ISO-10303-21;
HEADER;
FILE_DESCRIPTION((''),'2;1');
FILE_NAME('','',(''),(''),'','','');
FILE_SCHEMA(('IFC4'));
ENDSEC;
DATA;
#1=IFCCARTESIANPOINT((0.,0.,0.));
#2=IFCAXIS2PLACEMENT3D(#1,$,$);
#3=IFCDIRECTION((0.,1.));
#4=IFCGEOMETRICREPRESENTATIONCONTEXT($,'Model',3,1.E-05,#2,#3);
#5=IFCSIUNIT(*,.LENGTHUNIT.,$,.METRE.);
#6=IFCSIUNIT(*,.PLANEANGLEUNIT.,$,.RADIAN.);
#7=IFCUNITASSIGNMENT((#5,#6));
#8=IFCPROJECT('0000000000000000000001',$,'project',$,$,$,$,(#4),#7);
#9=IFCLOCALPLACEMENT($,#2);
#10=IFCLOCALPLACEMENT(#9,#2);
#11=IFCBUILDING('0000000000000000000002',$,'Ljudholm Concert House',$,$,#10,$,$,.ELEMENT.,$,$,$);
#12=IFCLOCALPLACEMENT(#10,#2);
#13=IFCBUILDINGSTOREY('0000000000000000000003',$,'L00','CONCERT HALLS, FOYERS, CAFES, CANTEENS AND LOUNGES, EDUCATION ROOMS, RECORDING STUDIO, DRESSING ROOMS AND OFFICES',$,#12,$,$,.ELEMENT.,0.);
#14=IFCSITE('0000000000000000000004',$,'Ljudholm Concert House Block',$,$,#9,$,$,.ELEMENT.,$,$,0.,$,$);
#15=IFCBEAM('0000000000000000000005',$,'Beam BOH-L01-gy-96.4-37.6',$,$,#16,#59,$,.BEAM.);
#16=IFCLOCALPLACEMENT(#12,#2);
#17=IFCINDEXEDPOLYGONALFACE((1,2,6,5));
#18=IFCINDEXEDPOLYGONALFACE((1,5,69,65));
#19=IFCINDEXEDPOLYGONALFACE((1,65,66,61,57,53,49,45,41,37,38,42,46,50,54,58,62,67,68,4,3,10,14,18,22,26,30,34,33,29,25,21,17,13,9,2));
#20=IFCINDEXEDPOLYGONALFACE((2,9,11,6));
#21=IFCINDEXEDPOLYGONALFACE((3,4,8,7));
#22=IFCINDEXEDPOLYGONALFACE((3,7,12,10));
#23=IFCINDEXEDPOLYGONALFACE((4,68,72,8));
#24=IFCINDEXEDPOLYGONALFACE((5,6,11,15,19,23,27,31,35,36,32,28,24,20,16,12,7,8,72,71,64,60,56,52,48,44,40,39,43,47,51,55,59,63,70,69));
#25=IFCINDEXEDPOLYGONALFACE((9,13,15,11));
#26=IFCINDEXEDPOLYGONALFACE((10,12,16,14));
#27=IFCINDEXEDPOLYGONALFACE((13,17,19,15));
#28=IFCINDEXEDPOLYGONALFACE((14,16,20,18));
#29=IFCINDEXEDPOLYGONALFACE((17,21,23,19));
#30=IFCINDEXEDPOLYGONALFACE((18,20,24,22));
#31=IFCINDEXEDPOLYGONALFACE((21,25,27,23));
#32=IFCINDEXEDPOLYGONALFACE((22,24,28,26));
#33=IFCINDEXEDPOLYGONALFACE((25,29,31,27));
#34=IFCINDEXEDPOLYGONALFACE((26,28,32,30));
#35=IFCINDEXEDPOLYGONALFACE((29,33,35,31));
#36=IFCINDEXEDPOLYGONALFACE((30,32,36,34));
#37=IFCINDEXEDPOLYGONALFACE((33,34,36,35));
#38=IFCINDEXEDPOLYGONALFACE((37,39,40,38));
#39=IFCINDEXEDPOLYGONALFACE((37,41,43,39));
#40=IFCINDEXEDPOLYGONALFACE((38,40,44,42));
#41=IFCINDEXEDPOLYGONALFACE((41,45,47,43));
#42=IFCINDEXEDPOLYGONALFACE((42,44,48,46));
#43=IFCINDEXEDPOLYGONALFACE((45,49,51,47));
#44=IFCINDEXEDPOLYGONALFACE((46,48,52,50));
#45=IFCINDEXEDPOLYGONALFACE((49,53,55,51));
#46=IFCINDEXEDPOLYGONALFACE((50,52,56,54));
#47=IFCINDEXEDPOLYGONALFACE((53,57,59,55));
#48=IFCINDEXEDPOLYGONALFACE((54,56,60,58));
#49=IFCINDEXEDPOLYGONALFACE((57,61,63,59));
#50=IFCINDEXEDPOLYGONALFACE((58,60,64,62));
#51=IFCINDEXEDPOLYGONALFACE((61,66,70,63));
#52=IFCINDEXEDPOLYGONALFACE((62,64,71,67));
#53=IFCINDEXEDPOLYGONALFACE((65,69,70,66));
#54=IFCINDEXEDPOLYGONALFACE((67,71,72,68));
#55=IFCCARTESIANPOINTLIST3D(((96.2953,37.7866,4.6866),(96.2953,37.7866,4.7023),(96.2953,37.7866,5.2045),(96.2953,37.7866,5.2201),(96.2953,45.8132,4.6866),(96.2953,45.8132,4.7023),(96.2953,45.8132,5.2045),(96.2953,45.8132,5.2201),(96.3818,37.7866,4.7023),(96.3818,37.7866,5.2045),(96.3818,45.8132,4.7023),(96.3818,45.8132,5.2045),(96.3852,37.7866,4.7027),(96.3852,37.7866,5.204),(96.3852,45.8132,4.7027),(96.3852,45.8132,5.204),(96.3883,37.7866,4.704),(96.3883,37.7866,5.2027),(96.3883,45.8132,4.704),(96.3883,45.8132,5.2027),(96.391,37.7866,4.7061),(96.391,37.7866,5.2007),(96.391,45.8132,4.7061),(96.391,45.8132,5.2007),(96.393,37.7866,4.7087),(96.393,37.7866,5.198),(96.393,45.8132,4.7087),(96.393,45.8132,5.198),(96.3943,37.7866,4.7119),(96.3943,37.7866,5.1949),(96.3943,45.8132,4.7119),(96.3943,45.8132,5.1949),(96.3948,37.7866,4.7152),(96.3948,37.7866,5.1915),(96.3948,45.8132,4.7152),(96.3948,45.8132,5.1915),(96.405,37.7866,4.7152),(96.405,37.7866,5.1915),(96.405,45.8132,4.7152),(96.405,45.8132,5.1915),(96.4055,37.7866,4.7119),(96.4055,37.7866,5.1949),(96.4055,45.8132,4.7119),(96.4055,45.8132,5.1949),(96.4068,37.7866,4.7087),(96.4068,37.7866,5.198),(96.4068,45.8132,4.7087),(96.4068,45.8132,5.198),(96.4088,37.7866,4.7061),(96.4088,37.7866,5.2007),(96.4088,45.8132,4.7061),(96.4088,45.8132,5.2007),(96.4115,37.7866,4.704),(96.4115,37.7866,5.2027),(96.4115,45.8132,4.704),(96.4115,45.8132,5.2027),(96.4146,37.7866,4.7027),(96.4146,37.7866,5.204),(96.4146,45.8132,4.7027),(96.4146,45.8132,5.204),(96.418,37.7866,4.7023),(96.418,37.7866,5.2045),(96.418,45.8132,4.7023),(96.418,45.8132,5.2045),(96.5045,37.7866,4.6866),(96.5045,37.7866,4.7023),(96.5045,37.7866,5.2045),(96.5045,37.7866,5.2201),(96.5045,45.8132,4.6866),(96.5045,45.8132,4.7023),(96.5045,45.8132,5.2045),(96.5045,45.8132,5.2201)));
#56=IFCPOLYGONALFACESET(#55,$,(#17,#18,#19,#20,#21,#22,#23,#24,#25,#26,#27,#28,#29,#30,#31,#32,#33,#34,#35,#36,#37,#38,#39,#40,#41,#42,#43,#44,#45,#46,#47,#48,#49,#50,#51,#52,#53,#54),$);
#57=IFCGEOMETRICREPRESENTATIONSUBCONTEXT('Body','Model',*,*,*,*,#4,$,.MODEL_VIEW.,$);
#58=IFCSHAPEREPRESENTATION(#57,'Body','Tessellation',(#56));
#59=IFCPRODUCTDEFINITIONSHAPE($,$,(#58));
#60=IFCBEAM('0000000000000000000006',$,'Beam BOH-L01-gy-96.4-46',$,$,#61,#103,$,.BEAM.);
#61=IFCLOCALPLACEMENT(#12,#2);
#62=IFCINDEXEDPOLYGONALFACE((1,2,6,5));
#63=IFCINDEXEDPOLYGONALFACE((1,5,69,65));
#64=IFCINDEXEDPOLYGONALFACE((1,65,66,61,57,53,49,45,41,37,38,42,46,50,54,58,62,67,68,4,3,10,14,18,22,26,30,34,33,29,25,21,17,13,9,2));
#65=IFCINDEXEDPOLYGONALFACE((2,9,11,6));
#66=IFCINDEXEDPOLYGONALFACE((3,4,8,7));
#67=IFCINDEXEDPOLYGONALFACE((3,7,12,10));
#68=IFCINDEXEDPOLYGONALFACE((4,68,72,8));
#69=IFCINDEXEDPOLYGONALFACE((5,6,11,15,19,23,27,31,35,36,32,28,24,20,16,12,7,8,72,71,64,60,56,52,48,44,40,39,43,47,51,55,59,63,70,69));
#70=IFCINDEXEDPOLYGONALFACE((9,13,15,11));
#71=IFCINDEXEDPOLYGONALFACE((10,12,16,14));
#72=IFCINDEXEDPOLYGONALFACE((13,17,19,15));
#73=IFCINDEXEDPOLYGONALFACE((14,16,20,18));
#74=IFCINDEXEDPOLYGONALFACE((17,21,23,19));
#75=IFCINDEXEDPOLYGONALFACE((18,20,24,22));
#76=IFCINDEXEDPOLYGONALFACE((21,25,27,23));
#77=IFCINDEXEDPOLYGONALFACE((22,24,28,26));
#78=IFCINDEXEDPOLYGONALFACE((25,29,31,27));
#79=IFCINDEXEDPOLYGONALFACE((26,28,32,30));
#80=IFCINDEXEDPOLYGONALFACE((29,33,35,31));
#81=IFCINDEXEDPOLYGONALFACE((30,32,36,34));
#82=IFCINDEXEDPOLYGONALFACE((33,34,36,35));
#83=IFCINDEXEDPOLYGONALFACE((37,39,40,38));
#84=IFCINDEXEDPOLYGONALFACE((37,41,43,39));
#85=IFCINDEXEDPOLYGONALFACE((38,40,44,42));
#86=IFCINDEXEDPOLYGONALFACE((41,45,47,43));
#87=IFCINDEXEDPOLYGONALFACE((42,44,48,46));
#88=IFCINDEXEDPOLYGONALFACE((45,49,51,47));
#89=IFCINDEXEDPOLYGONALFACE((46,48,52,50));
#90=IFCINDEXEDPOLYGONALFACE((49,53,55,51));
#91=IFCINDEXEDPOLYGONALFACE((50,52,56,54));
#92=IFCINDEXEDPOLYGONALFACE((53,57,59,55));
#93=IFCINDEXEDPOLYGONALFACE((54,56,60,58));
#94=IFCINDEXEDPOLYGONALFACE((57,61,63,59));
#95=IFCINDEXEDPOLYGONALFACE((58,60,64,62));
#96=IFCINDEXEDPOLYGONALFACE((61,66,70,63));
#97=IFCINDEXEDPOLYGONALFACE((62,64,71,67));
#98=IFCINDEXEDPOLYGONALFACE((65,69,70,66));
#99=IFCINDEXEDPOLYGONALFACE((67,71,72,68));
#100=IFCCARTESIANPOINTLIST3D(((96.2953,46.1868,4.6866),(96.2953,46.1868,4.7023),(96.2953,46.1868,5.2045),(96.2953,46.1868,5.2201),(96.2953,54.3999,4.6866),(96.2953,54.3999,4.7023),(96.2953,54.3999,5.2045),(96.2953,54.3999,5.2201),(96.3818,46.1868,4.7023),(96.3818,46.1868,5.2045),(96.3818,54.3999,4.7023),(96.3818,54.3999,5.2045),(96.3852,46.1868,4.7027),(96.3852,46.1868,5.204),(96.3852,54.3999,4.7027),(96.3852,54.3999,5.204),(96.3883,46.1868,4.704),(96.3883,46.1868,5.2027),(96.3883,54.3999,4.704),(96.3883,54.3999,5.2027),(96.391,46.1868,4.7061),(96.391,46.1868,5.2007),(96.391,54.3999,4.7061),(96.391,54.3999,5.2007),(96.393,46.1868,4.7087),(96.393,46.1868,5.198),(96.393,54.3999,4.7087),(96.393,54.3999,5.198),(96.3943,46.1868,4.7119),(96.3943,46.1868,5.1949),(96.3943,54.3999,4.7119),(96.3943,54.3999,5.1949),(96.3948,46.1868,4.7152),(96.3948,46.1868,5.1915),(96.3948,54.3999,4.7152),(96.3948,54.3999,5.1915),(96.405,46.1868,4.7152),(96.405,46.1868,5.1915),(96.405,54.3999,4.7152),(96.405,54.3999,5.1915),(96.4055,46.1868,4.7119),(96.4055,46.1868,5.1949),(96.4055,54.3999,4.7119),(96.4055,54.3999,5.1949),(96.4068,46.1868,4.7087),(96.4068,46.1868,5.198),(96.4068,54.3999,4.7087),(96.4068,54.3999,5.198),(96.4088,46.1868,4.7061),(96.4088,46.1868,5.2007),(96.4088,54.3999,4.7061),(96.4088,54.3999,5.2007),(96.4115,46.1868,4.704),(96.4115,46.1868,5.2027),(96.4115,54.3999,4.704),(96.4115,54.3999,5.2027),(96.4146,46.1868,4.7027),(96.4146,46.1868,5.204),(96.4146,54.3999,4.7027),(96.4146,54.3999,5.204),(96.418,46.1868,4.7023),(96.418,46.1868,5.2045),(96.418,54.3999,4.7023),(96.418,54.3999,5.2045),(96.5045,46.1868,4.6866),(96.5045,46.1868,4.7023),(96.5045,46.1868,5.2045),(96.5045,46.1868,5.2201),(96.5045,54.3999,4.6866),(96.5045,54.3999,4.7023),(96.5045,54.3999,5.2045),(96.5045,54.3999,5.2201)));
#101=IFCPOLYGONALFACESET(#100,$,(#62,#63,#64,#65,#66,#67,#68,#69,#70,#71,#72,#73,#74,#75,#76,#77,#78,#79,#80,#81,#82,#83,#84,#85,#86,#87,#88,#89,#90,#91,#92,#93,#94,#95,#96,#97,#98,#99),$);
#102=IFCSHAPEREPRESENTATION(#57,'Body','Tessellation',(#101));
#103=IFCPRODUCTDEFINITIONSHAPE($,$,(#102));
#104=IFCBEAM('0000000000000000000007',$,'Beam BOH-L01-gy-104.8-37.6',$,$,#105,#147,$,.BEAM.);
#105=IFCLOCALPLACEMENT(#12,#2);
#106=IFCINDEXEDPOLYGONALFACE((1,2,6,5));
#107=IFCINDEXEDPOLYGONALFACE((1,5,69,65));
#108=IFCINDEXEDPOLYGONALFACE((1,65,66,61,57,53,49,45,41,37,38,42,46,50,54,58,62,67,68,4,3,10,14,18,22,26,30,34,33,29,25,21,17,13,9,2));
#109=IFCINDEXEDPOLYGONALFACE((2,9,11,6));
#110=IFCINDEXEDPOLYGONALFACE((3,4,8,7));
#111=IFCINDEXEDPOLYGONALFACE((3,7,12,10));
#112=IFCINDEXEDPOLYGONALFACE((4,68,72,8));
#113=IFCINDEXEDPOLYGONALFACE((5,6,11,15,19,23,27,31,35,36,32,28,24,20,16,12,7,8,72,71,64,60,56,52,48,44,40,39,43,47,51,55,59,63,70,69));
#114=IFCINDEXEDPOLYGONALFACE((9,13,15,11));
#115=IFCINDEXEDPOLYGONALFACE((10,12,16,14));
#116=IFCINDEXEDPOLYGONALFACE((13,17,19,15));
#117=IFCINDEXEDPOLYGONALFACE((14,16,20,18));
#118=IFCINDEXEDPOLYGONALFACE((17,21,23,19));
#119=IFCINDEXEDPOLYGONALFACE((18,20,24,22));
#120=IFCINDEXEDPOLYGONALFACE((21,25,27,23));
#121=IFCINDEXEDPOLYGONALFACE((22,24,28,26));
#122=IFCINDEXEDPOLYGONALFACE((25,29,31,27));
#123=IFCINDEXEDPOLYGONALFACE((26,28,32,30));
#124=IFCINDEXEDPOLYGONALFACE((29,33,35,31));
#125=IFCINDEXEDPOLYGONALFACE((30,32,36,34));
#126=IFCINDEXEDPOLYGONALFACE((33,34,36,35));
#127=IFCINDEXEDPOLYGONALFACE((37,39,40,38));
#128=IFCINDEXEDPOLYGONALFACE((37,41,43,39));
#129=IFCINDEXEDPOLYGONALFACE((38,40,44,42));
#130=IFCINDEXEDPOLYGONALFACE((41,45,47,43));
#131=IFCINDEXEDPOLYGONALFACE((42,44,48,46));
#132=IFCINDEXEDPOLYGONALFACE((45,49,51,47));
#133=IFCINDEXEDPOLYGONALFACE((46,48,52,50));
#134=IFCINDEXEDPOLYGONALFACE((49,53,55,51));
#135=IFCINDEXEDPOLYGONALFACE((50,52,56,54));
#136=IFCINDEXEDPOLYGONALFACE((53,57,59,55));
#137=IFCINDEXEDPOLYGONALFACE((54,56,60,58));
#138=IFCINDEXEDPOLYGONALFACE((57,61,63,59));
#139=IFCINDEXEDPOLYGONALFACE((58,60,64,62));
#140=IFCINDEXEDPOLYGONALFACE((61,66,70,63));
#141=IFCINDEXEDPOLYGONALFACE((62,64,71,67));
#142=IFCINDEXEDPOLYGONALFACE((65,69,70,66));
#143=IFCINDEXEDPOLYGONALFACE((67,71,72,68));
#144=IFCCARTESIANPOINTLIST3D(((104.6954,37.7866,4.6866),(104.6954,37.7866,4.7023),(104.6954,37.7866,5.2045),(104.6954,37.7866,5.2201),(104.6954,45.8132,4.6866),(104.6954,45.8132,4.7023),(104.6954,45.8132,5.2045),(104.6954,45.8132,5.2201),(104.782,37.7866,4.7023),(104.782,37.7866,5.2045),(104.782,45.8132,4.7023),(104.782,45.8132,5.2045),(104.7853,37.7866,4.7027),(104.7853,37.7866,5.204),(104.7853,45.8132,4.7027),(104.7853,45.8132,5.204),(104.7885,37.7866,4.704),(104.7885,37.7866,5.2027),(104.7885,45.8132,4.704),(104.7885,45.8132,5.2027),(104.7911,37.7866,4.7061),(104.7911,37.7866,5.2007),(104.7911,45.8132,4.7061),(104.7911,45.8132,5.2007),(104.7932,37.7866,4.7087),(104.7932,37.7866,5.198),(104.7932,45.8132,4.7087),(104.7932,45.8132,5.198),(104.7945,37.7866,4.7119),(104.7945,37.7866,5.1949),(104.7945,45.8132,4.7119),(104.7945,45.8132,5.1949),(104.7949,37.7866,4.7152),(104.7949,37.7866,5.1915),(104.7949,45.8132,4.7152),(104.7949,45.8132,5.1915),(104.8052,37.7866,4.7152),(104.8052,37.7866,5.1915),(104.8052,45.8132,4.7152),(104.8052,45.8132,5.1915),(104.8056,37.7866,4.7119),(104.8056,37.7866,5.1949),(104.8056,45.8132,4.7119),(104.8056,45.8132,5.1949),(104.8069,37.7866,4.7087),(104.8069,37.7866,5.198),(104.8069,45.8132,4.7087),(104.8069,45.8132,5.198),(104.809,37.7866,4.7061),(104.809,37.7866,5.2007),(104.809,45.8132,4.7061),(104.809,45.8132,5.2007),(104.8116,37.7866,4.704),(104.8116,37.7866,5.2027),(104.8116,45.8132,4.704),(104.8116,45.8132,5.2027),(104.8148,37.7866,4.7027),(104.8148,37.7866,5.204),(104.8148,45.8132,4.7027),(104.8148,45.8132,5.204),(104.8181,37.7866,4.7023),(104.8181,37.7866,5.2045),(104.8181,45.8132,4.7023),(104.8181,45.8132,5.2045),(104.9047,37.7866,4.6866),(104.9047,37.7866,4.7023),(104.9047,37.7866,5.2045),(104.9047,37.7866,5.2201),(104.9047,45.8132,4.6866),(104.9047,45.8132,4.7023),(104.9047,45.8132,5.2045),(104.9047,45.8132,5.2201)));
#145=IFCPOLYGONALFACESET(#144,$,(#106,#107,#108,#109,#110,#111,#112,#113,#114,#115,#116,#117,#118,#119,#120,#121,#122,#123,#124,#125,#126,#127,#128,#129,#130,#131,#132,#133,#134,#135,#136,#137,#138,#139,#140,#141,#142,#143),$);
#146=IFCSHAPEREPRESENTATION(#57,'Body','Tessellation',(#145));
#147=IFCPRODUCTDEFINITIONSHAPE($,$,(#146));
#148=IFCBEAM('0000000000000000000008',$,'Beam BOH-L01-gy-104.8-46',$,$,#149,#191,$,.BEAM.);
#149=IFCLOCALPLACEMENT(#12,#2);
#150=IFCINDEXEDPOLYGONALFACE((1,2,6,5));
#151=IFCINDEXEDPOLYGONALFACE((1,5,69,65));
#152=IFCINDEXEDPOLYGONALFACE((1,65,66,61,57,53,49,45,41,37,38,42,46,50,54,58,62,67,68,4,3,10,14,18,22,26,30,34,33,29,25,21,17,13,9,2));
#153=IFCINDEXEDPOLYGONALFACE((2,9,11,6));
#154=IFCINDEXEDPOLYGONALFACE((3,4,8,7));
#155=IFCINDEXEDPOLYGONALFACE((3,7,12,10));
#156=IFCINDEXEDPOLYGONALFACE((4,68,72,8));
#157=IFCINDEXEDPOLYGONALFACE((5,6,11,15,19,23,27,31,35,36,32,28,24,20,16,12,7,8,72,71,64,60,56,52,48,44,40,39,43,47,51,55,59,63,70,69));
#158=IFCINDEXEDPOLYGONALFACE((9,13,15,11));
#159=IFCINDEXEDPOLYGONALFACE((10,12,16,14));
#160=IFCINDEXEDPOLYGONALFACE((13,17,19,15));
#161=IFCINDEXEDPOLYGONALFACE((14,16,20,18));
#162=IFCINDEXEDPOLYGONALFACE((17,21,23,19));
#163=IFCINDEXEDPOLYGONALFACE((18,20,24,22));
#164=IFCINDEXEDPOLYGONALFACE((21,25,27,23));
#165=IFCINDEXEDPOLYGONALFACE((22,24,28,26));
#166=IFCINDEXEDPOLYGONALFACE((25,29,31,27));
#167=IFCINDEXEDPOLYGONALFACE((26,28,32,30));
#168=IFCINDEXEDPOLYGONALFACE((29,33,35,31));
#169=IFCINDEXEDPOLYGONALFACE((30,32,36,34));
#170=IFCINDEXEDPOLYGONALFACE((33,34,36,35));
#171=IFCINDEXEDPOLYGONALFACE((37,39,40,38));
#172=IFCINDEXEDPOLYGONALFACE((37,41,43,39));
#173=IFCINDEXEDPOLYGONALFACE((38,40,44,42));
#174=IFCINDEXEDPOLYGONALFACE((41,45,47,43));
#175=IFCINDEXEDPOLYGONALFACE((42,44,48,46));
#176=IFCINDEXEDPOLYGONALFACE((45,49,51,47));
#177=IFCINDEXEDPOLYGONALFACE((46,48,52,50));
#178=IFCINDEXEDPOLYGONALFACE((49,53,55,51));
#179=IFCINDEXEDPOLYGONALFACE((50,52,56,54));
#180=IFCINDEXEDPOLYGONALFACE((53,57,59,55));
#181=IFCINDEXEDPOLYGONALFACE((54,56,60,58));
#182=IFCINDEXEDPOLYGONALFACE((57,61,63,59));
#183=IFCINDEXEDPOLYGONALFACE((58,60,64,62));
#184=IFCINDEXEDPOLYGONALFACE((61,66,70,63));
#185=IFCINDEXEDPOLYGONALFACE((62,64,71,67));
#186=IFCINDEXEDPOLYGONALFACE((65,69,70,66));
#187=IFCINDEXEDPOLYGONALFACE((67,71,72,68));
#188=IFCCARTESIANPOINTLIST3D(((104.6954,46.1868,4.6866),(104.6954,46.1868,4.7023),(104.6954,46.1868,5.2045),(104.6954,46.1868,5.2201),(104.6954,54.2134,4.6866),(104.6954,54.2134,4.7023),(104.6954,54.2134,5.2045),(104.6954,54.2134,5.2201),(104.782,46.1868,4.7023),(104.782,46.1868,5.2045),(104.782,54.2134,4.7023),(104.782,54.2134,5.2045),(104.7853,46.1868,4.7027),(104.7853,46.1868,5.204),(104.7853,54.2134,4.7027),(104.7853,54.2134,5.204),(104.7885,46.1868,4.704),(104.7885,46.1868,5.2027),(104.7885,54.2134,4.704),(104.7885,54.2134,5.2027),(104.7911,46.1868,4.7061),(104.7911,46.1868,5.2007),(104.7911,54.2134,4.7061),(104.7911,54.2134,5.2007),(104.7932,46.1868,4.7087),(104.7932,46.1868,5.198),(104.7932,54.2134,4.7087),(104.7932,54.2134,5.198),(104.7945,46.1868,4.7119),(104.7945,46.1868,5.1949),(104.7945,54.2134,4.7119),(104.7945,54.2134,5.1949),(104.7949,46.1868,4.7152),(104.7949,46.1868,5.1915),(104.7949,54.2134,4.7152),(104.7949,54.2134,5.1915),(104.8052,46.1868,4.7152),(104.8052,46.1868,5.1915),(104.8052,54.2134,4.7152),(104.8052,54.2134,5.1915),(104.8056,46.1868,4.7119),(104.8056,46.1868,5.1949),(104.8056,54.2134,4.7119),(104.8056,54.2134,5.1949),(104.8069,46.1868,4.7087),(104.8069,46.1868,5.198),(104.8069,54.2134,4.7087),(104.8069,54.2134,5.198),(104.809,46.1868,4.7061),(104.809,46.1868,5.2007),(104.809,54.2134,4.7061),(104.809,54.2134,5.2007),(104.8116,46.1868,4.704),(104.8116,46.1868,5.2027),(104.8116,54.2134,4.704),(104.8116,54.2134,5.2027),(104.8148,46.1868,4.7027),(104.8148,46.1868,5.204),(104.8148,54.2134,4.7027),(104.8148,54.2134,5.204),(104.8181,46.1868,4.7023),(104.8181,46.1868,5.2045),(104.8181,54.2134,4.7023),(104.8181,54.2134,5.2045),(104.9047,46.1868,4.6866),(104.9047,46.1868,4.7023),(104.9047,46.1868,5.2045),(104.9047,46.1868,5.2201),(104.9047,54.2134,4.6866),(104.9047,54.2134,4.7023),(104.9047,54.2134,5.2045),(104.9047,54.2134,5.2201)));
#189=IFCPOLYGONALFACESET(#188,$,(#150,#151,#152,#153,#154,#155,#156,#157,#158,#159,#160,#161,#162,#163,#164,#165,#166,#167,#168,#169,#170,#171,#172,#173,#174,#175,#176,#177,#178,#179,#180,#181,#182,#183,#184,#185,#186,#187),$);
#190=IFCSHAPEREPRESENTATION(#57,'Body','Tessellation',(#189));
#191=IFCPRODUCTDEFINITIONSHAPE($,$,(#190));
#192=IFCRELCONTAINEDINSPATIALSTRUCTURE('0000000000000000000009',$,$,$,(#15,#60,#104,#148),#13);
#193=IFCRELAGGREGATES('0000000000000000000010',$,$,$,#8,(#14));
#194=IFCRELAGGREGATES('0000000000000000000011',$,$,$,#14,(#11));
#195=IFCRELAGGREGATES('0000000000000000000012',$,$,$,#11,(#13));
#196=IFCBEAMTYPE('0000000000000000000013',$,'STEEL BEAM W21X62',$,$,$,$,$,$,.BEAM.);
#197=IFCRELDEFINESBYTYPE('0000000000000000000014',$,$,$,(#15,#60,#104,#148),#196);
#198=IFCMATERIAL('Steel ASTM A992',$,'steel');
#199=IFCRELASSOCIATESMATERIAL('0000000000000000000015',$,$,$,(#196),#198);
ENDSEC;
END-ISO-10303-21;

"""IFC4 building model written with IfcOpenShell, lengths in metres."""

from ifc_helpers import new_model, si_unit, direction, frame, origin, origin_2d, place, context, subcontext, project, spatial, i_section, extrude, material, material_profile, profile_set, type_object, element, save


model = new_model("IFC4")

# Units and contexts
model_context = context("Model", 3, precision=1e-05, world=origin(), true_north=direction((0.0, 1.0)))
body_context = subcontext(model_context, "Body", "Model", "MODEL_VIEW")
ifc_project = project(units=[si_unit("LENGTHUNIT", "METRE"), si_unit("PLANEANGLEUNIT", "RADIAN")], contexts=[model_context])

# Site, building, storey
site_placement = place(None, origin())
site = spatial("IfcSite", under=ifc_project, at=site_placement, Name="Ljudholm Concert House Block", CompositionType="ELEMENT", RefElevation=0.0)
building_placement = place(site_placement, origin())
building = spatial("IfcBuilding", under=site, at=building_placement, Name="Ljudholm Concert House", CompositionType="ELEMENT")
storey_placement = place(building_placement, origin())
storey = spatial("IfcBuildingStorey", under=building, at=storey_placement, Name="L00", Description="CONCERT HALLS, FOYERS, CAFES, CANTEENS AND LOUNGES, EDUCATION ROOMS, RECORDING STUDIO, DRESSING ROOMS AND OFFICES", CompositionType="ELEMENT", Elevation=0.0)

# Beams
ifc_material_1 = material(Name="Steel ASTM A992", Category="steel")
ifc_material_profile_1 = material_profile(ifc_material_1, i_section(OverallWidth=0.2092, OverallDepth=0.5334, WebThickness=0.0103, FlangeThickness=0.0156, FilletRadius=0.0129, at=origin_2d()), Name="W21X62")
ifc_profile_set_1 = profile_set([ifc_material_profile_1], Name="Steel ASTM A992")
beam_type_1 = type_object("IfcBeamType", Name="STEEL BEAM W21X62", PredefinedType="BEAM", material=ifc_profile_set_1)
beam_1_placement = place(storey_placement, frame((96.3999, 37.7866, 4.9534), z_axis=(0.0, 1.0, 0.0), x_axis=(-1.0, 0.0, 0.0)))
element("IfcBeam", 1, at=beam_1_placement, inside=storey, type_object=beam_type_1, Name="Beam BOH-L01-gy-96.4-37.6", PredefinedType="BEAM", context=body_context, shape_type="SweptSolid", body=[
    extrude(i_section(OverallWidth=0.2092, OverallDepth=0.5334, WebThickness=0.0103, FlangeThickness=0.0156, FilletRadius=0.0129, at=origin_2d()), origin(), (0.0, 0.0, 1.0), 8.0266),
])
beam_2_placement = place(storey_placement, frame((96.3999, 46.1868, 4.9534), z_axis=(0.0, 1.0, 0.0), x_axis=(-1.0, 0.0, 0.0)))
element("IfcBeam", 2, at=beam_2_placement, inside=storey, type_object=beam_type_1, Name="Beam BOH-L01-gy-96.4-46", PredefinedType="BEAM", context=body_context, shape_type="SweptSolid", body=[
    extrude(i_section(OverallWidth=0.2092, OverallDepth=0.5334, WebThickness=0.0103, FlangeThickness=0.0156, FilletRadius=0.0129, at=origin_2d()), origin(), (0.0, 0.0, 1.0), 8.2131),
])
for number, where, z_axis, x_axis, name in (
    (3, (104.8, 37.7866, 4.9534), (0.0, 1.0, 0.0), (-1.0, 0.0, 0.0), "Beam BOH-L01-gy-104.8-37.6"),
    (4, (104.8, 46.1868, 4.9534), (0.0, 1.0, 0.0), (-1.0, 0.0, 0.0), "Beam BOH-L01-gy-104.8-46"),
):
    element("IfcBeam", number, at=place(storey_placement, frame(where, z_axis=z_axis, x_axis=x_axis)), inside=storey, type_object=beam_type_1, Name=name, PredefinedType="BEAM", context=body_context, shape_type="SweptSolid", body=[
        extrude(i_section(OverallWidth=0.2092, OverallDepth=0.5334, WebThickness=0.0103, FlangeThickness=0.0156, FilletRadius=0.0129, at=origin_2d()), origin(), (0.0, 0.0, 1.0), 8.0266),
    ])

save(model, "model.ifc")
